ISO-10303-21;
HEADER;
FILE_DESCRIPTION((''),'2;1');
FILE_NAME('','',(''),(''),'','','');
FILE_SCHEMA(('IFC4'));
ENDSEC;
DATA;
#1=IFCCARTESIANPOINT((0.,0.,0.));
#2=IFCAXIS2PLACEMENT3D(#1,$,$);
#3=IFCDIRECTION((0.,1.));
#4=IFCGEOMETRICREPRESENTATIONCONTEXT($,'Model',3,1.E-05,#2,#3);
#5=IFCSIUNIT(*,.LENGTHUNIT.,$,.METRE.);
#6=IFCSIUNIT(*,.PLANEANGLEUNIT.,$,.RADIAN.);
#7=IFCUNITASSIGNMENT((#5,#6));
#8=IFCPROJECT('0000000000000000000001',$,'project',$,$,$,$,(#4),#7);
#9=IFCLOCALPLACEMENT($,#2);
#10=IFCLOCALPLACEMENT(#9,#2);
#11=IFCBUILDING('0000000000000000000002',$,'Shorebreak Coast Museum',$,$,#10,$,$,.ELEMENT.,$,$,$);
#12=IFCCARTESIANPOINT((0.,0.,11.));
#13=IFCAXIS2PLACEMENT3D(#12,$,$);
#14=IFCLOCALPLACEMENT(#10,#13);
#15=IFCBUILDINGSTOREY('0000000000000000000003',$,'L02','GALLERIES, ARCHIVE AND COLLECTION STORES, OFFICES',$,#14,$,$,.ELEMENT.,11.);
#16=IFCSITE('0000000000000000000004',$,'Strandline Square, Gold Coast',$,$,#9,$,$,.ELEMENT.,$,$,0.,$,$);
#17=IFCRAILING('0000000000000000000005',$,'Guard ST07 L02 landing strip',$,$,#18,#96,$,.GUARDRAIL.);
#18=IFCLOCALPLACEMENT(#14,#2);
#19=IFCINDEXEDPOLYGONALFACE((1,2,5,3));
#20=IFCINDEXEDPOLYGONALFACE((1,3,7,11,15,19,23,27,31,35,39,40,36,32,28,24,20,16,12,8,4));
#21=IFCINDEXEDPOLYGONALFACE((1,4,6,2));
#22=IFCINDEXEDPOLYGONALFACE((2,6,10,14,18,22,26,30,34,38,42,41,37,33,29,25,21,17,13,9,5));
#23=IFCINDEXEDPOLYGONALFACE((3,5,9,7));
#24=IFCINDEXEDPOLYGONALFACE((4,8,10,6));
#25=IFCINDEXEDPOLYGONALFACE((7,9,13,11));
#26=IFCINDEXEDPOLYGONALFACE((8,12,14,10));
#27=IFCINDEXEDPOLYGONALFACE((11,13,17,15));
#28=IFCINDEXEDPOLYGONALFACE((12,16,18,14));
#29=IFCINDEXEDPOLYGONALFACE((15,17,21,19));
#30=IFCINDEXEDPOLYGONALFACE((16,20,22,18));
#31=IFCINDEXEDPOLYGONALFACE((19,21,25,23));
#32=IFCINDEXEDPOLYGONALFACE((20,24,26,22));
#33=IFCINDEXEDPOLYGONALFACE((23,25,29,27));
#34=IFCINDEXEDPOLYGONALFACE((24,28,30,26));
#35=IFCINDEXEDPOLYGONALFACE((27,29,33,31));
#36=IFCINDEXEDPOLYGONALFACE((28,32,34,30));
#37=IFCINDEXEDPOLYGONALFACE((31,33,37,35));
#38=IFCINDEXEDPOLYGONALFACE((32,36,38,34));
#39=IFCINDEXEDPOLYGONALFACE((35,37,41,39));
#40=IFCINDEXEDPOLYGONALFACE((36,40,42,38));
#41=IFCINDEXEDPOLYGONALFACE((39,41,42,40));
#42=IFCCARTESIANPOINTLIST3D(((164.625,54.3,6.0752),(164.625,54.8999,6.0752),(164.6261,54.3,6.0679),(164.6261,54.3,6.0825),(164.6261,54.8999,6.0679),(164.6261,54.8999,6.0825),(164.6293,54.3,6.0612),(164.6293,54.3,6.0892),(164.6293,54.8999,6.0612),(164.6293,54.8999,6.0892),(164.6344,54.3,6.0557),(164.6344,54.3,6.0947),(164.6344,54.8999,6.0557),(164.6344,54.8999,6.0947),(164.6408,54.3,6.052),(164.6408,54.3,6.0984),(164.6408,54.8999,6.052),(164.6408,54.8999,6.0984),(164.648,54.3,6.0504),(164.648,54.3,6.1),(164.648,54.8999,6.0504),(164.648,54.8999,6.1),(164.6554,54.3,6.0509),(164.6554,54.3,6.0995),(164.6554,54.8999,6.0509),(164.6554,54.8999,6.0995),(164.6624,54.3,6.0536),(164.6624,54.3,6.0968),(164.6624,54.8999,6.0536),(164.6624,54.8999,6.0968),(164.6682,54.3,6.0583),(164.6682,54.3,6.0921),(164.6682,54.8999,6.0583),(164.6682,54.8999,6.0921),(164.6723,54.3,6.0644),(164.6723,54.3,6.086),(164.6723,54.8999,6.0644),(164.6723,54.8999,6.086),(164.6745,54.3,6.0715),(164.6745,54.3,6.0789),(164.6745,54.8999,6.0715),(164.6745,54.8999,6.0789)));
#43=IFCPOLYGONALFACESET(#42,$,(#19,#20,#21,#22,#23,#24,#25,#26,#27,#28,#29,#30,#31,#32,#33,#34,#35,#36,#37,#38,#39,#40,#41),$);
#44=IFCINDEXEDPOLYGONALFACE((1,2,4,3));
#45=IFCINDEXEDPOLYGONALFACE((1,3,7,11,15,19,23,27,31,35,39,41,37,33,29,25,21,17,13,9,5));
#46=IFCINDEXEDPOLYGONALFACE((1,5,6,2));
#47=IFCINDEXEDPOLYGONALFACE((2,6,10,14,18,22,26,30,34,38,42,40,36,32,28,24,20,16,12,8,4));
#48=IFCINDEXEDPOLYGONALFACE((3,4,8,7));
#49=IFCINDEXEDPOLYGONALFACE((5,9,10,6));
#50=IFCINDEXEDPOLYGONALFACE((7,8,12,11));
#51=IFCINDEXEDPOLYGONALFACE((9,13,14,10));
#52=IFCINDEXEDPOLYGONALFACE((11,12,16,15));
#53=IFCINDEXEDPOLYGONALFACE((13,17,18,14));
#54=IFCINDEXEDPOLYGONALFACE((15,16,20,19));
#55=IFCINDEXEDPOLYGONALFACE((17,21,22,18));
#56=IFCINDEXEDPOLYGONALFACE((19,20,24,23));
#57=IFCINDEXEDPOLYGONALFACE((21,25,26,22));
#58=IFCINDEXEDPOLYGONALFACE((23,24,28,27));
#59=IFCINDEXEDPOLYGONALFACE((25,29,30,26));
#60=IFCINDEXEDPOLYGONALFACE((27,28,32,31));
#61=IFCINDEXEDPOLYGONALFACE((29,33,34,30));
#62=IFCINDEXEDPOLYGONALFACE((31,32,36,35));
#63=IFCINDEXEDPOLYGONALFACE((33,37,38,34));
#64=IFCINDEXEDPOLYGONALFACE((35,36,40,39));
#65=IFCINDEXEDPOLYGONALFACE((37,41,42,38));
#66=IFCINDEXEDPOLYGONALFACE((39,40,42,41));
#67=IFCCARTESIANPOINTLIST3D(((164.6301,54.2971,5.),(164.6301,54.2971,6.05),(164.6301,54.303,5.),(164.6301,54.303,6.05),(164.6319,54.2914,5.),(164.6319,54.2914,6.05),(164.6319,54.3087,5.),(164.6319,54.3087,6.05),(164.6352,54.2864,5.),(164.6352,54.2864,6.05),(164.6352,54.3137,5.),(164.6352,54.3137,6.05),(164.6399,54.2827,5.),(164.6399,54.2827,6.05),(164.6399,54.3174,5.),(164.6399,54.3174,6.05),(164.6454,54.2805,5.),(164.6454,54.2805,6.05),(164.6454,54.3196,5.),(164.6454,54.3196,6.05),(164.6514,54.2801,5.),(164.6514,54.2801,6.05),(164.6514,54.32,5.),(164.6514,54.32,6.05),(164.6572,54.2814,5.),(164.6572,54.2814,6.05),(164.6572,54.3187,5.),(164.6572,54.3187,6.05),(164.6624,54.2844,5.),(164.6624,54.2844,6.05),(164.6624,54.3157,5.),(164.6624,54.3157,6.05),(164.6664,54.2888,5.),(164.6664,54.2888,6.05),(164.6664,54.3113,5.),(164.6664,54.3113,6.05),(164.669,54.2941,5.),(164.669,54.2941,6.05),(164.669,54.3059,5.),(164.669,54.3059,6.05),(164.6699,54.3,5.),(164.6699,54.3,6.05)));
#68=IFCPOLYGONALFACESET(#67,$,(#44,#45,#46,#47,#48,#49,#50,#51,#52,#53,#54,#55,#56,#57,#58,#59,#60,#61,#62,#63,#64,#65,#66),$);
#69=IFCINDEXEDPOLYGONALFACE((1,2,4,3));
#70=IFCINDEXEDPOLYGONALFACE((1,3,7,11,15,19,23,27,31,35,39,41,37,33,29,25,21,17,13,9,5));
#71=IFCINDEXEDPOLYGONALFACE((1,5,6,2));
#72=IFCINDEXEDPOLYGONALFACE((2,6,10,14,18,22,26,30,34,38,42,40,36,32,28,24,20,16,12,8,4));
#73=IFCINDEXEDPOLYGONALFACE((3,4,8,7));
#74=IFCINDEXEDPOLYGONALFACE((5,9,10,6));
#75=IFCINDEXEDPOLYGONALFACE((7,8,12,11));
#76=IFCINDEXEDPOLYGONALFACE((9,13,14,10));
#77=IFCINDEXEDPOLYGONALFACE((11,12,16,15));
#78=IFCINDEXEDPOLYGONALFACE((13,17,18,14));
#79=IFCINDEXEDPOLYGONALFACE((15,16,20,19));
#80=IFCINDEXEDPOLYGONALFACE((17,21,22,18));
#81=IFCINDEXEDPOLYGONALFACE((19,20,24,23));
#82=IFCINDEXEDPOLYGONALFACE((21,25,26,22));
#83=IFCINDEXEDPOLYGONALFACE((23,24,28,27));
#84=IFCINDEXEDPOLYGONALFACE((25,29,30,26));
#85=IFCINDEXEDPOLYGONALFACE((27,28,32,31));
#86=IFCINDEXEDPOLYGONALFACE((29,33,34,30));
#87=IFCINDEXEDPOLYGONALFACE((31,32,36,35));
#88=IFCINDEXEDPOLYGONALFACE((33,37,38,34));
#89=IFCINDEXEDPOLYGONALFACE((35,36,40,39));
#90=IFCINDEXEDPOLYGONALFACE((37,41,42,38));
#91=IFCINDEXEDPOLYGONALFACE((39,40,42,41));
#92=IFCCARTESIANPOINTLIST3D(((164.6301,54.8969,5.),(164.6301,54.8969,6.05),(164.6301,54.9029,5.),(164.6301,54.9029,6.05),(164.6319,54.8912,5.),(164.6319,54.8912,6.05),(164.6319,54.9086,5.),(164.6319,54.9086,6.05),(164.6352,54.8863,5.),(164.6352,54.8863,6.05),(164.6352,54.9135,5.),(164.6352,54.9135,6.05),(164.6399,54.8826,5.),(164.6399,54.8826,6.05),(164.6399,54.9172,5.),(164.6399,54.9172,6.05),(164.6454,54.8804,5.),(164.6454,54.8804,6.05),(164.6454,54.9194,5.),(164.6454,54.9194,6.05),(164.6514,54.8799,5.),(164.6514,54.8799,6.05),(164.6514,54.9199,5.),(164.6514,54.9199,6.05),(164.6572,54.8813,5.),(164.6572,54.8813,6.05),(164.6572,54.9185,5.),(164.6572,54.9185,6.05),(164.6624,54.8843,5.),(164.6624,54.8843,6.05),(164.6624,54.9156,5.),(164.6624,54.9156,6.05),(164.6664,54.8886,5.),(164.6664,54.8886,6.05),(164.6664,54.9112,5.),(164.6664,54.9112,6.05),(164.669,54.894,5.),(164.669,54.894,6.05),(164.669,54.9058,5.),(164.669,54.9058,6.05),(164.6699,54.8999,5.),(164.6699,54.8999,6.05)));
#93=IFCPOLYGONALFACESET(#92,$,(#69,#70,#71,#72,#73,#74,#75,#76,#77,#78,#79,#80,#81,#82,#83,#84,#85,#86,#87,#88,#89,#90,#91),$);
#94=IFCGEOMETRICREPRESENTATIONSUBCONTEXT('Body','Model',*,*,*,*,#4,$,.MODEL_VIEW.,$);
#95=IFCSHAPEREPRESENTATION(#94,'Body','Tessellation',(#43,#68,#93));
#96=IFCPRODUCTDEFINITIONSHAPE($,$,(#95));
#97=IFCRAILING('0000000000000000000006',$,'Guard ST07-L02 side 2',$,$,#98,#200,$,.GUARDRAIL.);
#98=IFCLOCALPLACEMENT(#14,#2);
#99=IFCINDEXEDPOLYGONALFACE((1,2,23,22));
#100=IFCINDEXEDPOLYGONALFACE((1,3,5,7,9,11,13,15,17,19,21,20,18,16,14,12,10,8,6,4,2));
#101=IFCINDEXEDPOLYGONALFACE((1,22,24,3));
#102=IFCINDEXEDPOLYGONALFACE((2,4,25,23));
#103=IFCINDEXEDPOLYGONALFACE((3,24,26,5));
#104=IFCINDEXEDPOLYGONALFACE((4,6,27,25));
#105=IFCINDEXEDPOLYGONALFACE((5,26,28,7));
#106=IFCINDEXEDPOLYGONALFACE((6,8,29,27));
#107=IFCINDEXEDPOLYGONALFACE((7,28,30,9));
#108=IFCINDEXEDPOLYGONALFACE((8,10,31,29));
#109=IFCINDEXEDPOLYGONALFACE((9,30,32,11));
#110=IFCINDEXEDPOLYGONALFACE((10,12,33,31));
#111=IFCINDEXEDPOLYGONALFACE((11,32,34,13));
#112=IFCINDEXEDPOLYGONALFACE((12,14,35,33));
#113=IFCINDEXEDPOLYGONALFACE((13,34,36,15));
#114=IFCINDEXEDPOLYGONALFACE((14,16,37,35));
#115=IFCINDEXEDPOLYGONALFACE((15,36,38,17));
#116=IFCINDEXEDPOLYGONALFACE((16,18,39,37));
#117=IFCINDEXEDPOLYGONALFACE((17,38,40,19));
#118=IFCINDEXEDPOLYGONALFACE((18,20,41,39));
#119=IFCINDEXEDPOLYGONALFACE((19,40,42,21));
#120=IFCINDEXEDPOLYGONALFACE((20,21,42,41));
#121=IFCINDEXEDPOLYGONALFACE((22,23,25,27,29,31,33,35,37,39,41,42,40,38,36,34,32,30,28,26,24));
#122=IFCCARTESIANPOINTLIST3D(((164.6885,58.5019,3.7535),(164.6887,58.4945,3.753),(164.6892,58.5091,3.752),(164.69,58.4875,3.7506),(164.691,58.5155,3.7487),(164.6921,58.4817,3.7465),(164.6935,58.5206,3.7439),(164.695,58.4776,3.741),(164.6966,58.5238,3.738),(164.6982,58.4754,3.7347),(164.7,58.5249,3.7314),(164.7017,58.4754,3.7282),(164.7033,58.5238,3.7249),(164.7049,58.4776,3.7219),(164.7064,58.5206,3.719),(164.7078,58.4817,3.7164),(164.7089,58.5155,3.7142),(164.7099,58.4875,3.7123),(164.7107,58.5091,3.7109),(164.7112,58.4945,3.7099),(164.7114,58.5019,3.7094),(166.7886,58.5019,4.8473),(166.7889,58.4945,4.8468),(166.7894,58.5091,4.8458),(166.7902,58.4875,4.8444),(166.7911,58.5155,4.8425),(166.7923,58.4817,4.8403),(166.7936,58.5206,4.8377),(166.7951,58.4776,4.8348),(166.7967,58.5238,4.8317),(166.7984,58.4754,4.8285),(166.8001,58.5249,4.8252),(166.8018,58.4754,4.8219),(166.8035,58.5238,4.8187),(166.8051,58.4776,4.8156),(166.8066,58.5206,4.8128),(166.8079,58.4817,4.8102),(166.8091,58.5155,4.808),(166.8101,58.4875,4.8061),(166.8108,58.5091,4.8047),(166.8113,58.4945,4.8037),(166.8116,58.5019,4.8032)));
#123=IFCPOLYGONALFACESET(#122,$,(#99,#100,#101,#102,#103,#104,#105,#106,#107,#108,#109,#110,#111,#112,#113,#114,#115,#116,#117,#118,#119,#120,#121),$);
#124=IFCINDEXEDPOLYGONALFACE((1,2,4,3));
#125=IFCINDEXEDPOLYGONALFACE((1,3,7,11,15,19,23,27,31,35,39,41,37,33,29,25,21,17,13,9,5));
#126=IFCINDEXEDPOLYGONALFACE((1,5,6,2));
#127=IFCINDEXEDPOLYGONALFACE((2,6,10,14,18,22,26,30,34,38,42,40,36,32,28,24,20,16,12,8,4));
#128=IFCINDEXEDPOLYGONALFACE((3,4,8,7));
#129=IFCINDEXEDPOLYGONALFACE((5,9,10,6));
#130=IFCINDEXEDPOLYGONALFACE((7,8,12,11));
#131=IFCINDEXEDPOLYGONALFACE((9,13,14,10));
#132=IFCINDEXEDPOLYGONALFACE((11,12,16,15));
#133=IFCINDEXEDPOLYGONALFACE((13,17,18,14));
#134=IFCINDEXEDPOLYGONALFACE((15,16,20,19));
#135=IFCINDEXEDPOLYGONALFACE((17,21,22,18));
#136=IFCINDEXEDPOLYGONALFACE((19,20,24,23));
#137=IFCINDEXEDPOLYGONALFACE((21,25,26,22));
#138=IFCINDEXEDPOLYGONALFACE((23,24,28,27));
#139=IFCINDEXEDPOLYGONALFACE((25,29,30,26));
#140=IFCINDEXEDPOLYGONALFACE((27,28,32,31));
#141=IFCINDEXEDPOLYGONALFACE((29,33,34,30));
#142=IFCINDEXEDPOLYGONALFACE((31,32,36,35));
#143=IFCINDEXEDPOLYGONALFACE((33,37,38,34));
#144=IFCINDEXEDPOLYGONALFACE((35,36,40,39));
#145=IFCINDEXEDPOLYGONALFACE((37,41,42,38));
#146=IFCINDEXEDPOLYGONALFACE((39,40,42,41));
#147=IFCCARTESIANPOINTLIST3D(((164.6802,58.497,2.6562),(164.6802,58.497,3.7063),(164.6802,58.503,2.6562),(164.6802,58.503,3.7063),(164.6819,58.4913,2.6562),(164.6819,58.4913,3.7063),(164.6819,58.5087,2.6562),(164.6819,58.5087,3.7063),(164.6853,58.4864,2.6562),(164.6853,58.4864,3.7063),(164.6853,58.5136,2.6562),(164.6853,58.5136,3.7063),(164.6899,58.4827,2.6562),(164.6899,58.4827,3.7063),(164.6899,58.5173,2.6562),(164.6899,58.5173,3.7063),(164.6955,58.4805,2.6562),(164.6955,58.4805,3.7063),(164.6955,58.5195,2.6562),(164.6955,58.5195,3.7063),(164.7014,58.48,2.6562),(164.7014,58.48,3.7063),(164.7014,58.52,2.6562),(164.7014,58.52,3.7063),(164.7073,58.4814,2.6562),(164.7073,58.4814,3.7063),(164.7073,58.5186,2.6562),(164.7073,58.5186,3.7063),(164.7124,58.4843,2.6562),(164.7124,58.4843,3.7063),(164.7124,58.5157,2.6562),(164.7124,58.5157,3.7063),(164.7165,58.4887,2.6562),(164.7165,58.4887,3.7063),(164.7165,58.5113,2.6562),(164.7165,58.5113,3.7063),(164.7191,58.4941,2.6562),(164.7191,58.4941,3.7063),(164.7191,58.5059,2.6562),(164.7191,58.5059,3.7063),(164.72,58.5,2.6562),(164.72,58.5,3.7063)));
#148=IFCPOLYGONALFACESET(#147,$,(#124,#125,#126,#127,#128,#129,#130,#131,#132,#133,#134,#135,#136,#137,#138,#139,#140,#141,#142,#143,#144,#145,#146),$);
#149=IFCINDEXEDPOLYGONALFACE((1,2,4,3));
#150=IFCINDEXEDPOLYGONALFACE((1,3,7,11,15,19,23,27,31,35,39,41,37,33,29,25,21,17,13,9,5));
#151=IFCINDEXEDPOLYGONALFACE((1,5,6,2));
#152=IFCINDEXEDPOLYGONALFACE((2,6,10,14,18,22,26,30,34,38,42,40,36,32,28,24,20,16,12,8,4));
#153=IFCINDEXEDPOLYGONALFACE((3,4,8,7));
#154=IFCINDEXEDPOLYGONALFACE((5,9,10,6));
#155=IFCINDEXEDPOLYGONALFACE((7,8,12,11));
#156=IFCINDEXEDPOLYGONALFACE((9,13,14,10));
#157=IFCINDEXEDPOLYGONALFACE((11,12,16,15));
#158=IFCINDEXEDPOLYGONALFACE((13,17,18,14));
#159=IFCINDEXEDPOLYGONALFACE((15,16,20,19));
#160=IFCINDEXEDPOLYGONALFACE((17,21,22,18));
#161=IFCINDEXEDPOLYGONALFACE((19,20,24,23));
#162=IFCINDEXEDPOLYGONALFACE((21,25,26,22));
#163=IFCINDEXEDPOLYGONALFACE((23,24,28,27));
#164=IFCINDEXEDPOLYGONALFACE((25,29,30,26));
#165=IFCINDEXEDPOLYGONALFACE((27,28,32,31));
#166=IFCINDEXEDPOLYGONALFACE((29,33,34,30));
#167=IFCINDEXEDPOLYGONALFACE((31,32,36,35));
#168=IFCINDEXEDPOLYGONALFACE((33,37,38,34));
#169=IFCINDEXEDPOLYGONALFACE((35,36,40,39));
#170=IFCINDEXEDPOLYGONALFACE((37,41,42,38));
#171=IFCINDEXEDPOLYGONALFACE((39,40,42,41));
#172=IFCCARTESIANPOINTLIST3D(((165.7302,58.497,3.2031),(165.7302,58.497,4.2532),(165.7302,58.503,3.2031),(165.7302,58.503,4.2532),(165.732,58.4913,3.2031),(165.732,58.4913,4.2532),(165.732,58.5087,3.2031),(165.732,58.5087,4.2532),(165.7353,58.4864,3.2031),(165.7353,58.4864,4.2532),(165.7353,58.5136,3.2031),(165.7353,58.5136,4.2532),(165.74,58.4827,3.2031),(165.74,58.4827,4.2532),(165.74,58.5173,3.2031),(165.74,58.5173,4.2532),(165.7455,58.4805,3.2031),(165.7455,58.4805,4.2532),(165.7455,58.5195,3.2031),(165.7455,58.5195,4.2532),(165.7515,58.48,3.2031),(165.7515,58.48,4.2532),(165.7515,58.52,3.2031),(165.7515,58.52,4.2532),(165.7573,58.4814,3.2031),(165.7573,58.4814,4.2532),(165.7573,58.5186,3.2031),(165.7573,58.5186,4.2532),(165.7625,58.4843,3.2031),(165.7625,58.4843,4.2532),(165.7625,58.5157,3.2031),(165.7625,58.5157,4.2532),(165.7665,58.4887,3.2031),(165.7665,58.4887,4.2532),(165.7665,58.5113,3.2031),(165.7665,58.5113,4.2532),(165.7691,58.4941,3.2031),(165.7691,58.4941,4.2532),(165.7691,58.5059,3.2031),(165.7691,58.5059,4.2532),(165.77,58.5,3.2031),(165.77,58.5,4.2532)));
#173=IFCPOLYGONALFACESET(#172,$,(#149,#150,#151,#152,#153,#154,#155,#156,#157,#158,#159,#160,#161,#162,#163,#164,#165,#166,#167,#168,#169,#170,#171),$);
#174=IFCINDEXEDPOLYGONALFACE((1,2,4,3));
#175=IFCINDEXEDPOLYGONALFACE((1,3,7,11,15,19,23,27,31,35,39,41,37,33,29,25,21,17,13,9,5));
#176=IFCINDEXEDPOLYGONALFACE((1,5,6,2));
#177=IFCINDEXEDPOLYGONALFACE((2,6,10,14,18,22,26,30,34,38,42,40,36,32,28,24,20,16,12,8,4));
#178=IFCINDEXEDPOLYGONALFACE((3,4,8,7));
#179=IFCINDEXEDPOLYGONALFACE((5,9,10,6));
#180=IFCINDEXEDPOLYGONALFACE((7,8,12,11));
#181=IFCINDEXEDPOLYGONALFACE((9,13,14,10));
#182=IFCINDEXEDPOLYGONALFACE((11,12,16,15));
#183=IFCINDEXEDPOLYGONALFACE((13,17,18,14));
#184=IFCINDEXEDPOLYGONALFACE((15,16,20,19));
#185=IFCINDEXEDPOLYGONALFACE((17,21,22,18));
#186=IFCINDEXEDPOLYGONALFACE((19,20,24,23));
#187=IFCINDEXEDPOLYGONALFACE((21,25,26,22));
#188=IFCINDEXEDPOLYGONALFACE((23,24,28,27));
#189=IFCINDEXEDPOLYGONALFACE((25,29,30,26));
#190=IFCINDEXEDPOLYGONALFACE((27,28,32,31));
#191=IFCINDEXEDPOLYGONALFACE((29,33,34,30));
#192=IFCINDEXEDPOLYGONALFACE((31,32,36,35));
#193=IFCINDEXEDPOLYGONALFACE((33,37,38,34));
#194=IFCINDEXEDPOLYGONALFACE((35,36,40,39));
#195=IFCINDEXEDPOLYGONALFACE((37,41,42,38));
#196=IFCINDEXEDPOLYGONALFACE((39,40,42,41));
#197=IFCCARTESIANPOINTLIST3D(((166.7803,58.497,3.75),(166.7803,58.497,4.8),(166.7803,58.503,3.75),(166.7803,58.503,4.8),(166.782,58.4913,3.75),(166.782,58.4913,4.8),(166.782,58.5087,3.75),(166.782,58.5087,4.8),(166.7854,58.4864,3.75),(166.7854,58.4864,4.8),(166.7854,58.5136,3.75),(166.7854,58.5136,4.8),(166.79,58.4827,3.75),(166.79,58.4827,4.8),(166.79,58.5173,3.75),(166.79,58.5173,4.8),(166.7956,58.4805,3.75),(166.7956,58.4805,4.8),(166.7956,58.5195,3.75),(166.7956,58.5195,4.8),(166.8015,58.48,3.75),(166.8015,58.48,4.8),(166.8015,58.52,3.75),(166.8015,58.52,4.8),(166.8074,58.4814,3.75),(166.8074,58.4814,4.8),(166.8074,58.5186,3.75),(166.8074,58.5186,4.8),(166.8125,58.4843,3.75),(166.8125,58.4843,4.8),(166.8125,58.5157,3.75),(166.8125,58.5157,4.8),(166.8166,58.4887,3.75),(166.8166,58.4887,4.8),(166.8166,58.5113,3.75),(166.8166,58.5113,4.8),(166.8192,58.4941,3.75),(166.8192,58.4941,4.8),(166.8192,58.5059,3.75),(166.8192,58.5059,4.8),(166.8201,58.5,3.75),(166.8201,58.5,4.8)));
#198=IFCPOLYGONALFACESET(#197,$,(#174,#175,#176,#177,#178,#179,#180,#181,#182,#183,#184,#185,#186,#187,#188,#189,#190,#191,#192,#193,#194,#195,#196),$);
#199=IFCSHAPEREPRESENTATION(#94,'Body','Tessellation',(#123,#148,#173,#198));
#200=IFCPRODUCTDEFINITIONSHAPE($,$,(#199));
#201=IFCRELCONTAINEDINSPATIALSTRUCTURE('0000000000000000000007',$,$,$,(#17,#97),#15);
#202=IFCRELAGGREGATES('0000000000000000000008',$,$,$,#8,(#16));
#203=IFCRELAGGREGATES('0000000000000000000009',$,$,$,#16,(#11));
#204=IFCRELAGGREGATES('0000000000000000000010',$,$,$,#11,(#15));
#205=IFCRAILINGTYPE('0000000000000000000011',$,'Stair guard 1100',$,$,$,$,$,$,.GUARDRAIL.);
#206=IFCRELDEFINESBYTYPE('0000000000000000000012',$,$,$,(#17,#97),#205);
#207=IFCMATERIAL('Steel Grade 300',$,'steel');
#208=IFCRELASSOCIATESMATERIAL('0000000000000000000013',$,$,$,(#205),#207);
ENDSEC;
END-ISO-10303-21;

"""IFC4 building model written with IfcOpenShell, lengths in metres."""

from ifc_helpers import new_model, si_unit, direction, frame, origin, origin_2d, place, context, subcontext, project, spatial, circle, extrude, material, type_object, element, save


model = new_model("IFC4")

# Units and contexts
model_context = context("Model", 3, precision=1e-05, world=origin(), true_north=direction((0.0, 1.0)))
body_context = subcontext(model_context, "Body", "Model", "MODEL_VIEW")
ifc_project = project(units=[si_unit("LENGTHUNIT", "METRE"), si_unit("PLANEANGLEUNIT", "RADIAN")], contexts=[model_context])

# Site, building, storey
site_placement = place(None, origin())
site = spatial("IfcSite", under=ifc_project, at=site_placement, Name="Strandline Square, Gold Coast", CompositionType="ELEMENT", RefElevation=0.0)
building_placement = place(site_placement, origin())
building = spatial("IfcBuilding", under=site, at=building_placement, Name="Shorebreak Coast Museum", CompositionType="ELEMENT")
storey_placement = place(building_placement, frame((0.0, 0.0, 11.0)))
storey = spatial("IfcBuildingStorey", under=building, at=storey_placement, Name="L02", Description="GALLERIES, ARCHIVE AND COLLECTION STORES, OFFICES", CompositionType="ELEMENT", Elevation=11.0)

# Railings
ifc_material_1 = material(Name="Steel Grade 300", Category="steel")
railing_type_1 = type_object("IfcRailingType", Name="Stair guard 1100", PredefinedType="GUARDRAIL", material=ifc_material_1)
for number, where, name in (
    (1, (164.6499, 54.3, 5.0), "Guard ST07 L02 landing strip"),
):
    element("IfcRailing", number, at=place(storey_placement, frame(where)), inside=storey, type_object=railing_type_1, Name=name, PredefinedType="GUARDRAIL", context=body_context, shape_type="SweptSolid", body=[
        extrude(circle(Radius=0.0249, at=origin_2d()), frame((0.0, 0.0, 1.0752), z_axis=(0.0, 1.0, 0.0), x_axis=(-1.0, 0.0, 0.0)), (0.0, 0.0, 1.0), 0.5999),
        extrude(circle(Radius=0.02, at=origin_2d()), origin(), (0.0, 0.0, 1.0), 1.05),
        extrude(circle(Radius=0.02, at=origin_2d()), frame((0.0, 0.5999, 0.0)), (0.0, 0.0, 1.0), 1.05),
    ])
railing_1_placement = place(storey_placement, frame((164.7, 58.5, 2.6562)))
element("IfcRailing", 2, at=railing_1_placement, inside=storey, type_object=railing_type_1, Name="Guard ST07-L02 side 2", PredefinedType="GUARDRAIL", context=body_context, shape_type="SweptSolid", body=[
    extrude(circle(Radius=0.0249, at=origin_2d()), frame((0.0, 0.0, 1.0752), z_axis=(0.886923, 0.0, 0.461918), x_axis=(0.0, 1.0, 0.0)), (0.0, 0.0, 1.0), 2.3679),
    extrude(circle(Radius=0.02, at=origin_2d()), origin(), (0.0, 0.0, 1.0), 1.05),
    extrude(circle(Radius=0.02, at=origin_2d()), frame((1.05, 0.0, 0.5469)), (0.0, 0.0, 1.0), 1.05),
    extrude(circle(Radius=0.02, at=origin_2d()), frame((2.1001, 0.0, 1.0938)), (0.0, 0.0, 1.0), 1.05),
])

save(model, "model.ifc")
